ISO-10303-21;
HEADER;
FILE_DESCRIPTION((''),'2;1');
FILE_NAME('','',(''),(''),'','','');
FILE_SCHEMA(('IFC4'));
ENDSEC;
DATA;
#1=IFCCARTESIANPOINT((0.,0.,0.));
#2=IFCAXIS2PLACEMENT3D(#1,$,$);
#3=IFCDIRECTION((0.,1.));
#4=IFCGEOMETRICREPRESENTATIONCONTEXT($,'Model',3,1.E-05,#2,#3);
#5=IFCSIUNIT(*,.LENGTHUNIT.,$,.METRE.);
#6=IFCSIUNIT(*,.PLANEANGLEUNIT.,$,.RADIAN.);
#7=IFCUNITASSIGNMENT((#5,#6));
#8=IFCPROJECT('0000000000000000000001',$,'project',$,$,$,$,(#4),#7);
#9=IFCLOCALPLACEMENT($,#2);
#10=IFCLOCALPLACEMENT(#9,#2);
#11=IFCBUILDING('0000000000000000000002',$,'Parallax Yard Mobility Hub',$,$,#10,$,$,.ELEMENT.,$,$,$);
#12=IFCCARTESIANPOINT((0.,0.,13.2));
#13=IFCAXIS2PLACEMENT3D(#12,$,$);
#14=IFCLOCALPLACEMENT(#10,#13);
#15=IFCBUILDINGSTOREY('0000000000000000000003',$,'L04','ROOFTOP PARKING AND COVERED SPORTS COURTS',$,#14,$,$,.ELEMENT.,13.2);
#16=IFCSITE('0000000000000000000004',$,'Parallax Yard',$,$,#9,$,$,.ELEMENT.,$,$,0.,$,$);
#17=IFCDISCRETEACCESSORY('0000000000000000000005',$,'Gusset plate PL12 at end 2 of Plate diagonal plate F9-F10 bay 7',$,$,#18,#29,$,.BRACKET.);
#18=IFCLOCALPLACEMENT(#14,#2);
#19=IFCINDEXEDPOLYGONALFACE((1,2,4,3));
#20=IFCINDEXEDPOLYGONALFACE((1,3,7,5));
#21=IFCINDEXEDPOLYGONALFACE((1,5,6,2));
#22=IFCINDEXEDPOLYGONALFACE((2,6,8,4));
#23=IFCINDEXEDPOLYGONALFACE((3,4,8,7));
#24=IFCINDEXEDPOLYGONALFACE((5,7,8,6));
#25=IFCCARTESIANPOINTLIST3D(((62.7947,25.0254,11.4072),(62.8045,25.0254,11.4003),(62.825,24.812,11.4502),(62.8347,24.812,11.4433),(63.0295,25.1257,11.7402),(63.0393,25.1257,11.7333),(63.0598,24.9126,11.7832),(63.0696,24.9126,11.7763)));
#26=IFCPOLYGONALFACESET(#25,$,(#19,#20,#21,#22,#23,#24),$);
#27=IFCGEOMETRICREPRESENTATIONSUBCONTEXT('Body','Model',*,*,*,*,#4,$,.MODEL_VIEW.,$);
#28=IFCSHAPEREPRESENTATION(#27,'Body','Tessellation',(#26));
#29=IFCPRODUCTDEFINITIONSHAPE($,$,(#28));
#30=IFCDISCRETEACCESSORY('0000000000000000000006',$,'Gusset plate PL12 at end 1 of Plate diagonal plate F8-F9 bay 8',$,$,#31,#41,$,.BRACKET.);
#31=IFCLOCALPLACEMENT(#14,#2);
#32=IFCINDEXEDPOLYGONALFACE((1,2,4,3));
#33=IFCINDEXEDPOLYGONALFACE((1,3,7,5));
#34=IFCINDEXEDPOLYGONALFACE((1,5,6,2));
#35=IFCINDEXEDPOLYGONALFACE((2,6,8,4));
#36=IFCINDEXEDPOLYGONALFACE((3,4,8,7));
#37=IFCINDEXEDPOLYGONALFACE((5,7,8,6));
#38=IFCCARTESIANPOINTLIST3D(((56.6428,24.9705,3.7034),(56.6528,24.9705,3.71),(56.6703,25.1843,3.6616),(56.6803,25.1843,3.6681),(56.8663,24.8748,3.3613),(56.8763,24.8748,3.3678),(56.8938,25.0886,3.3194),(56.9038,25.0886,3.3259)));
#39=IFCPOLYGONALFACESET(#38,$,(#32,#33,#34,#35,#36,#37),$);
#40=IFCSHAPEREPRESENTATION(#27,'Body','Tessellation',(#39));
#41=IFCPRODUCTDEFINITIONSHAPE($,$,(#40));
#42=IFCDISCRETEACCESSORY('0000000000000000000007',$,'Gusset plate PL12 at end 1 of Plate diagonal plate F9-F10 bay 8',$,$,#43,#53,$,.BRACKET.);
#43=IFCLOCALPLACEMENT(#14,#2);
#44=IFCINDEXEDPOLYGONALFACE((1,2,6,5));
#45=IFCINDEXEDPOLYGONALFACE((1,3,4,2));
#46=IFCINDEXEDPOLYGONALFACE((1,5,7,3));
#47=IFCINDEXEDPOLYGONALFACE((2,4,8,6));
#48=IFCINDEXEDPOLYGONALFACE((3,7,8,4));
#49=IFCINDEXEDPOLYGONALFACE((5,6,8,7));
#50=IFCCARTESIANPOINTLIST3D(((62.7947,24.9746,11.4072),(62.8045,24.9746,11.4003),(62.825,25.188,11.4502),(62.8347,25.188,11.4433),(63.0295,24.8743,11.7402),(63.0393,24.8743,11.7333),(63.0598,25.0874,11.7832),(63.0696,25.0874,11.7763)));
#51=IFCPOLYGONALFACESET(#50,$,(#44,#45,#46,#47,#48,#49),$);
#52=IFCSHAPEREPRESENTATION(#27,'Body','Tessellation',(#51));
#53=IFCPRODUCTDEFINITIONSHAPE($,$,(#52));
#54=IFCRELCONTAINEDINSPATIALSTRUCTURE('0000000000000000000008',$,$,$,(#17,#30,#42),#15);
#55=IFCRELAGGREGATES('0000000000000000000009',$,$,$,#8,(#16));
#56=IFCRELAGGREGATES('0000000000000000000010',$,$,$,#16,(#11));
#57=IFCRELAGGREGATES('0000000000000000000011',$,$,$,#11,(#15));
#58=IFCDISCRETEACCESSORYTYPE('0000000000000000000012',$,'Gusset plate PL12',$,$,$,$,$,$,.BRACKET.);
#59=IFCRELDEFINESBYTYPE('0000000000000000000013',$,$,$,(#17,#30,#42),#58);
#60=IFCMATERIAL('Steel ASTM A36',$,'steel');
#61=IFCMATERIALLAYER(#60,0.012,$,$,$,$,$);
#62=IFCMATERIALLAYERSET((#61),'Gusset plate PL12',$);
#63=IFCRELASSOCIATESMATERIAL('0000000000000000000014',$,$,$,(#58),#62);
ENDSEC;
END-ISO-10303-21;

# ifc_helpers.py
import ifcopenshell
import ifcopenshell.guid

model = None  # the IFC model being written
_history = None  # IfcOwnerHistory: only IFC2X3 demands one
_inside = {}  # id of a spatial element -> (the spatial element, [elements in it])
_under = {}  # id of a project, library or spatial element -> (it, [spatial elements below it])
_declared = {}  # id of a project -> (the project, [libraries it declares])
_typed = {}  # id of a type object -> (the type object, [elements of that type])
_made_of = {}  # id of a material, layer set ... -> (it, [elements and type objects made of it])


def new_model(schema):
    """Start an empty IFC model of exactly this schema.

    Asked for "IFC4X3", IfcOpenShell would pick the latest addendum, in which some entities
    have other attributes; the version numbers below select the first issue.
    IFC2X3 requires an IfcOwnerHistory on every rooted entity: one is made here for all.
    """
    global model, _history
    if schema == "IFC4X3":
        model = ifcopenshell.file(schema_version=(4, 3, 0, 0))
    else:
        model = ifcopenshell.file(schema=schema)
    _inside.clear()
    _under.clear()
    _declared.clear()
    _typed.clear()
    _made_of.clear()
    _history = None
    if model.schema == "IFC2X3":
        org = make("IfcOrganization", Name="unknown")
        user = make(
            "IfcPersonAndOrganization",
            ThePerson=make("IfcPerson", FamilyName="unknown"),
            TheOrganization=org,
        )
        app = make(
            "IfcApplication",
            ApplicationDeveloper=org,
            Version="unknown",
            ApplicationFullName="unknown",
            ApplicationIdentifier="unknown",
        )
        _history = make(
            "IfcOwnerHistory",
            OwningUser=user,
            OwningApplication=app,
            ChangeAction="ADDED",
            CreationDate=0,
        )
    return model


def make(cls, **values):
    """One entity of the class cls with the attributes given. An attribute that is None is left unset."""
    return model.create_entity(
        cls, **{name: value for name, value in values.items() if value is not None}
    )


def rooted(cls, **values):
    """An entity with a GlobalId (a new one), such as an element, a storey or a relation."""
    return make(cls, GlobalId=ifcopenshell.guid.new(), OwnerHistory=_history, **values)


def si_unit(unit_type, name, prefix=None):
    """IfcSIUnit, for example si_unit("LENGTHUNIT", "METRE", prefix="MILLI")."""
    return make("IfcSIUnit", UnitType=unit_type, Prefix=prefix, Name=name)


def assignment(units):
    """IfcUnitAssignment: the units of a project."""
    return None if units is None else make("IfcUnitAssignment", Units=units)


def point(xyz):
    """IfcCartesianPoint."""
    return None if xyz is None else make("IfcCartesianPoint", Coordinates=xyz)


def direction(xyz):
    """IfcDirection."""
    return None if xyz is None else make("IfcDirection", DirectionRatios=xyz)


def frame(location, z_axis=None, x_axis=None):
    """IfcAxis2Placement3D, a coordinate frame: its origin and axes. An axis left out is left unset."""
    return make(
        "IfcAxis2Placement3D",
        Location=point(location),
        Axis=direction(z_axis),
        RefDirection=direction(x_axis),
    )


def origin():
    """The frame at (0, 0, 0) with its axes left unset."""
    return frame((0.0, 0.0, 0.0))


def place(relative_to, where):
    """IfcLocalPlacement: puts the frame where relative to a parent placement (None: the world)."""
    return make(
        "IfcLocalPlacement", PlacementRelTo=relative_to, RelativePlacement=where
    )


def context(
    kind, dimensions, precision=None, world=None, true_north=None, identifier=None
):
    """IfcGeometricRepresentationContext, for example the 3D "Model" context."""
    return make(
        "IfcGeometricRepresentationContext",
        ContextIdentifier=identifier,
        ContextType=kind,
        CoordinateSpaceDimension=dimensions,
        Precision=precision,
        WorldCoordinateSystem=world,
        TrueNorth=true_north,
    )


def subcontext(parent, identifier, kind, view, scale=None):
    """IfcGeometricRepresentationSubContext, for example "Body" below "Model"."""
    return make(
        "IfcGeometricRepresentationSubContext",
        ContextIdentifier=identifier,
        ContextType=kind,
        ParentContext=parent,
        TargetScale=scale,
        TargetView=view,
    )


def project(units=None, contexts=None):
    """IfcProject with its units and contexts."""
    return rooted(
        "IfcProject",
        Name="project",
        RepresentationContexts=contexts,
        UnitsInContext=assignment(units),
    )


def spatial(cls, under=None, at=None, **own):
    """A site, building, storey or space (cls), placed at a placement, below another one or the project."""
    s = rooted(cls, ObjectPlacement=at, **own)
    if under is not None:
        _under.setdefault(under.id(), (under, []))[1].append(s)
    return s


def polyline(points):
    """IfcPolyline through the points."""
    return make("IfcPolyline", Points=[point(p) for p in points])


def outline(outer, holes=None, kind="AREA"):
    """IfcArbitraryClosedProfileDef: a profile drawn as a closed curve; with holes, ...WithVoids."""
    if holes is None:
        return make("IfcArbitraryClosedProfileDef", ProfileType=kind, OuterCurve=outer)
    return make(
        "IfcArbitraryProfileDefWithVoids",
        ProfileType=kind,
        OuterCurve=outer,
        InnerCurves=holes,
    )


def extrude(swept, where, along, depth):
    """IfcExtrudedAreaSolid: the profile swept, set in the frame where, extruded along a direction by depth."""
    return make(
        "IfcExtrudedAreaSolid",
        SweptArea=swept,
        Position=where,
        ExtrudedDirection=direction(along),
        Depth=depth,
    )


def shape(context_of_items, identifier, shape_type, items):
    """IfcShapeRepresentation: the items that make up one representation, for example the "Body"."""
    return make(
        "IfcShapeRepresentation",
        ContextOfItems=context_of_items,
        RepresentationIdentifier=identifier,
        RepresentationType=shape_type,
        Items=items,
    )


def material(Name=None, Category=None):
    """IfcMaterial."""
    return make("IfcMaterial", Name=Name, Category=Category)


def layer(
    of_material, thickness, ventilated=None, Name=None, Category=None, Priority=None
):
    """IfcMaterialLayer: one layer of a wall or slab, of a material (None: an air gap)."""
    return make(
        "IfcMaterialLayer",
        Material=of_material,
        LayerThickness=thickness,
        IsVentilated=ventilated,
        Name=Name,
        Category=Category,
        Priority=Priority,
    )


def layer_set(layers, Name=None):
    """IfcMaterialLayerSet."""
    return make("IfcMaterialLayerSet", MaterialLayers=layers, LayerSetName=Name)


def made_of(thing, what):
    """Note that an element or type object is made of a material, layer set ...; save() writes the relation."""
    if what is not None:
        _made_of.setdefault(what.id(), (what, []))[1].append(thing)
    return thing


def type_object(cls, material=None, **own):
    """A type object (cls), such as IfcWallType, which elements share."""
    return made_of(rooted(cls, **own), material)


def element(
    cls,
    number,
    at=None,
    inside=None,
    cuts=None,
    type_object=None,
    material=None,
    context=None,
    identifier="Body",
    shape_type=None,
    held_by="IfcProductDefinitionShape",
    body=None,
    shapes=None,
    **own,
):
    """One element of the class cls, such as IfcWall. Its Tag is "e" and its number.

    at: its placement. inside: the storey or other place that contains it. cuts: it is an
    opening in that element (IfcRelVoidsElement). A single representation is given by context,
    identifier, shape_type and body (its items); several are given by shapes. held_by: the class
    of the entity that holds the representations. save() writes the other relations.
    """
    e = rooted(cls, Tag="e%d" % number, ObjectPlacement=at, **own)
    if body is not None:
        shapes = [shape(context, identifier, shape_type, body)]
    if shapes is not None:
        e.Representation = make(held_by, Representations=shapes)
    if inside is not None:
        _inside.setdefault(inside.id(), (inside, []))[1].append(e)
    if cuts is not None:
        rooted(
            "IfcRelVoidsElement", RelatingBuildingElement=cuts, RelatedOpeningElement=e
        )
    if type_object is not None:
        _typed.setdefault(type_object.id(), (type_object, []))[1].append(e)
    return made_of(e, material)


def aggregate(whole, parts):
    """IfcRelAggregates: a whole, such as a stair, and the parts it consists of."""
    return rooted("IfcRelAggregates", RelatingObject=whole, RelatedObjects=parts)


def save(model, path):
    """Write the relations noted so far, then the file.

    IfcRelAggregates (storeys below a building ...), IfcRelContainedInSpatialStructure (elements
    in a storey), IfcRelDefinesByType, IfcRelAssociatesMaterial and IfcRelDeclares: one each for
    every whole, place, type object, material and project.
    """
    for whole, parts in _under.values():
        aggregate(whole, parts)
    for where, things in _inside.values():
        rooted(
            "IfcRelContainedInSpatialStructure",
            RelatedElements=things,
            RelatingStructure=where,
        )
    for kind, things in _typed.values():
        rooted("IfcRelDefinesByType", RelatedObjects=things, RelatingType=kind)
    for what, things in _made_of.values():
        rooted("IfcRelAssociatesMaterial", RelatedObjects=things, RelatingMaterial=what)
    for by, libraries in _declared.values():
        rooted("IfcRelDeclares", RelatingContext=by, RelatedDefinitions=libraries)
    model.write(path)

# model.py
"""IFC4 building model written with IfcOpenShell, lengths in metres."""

from ifc_helpers import new_model, si_unit, direction, frame, origin, place, context, subcontext, project, spatial, polyline, outline, extrude, material, layer, layer_set, type_object, element, save


model = new_model("IFC4")

# Units and contexts
model_context = context("Model", 3, precision=1e-05, world=origin(), true_north=direction((0.0, 1.0)))
body_context = subcontext(model_context, "Body", "Model", "MODEL_VIEW")
ifc_project = project(units=[si_unit("LENGTHUNIT", "METRE"), si_unit("PLANEANGLEUNIT", "RADIAN")], contexts=[model_context])

# Site, building, storey
site_placement = place(None, origin())
site = spatial("IfcSite", under=ifc_project, at=site_placement, Name="Parallax Yard", CompositionType="ELEMENT", RefElevation=0.0)
building_placement = place(site_placement, origin())
building = spatial("IfcBuilding", under=site, at=building_placement, Name="Parallax Yard Mobility Hub", CompositionType="ELEMENT")
storey_placement = place(building_placement, frame((0.0, 0.0, 13.2)))
storey = spatial("IfcBuildingStorey", under=building, at=storey_placement, Name="L04", Description="ROOFTOP PARKING AND COVERED SPORTS COURTS", CompositionType="ELEMENT", Elevation=13.2)

# Discrete accessories
ifc_material_1 = material(Name="Steel ASTM A36", Category="steel")
ifc_layer = layer(ifc_material_1, 0.012)
ifc_layer_set = layer_set([ifc_layer], Name="Gusset plate PL12")
discrete_accessory_type = type_object("IfcDiscreteAccessoryType", Name="Gusset plate PL12", PredefinedType="BRACKET", material=ifc_layer_set)
discrete_accessory_1_placement = place(storey_placement, frame((62.825, 24.812, 11.4502), z_axis=(-0.817216, 0.000114, 0.576331), x_axis=(0.559559, 0.239645, 0.793388)))
element("IfcDiscreteAccessory", 1, at=discrete_accessory_1_placement, inside=storey, type_object=discrete_accessory_type, Name="Gusset plate PL12 at end 2 of Plate diagonal plate F9-F10 bay 7", PredefinedType="BRACKET", context=body_context, shape_type="SweptSolid", body=[
    extrude(outline(polyline([(0.0, 0.0), (0.4197, 0.0), (0.4198, 0.2195), (0.0001, 0.2198), (0.0, 0.0)])), origin(), (0.0, 0.0, -1.0), 0.012),
])
discrete_accessory_2_placement = place(storey_placement, frame((56.6528, 24.9705, 3.71), z_axis=(0.837152, -0.000427, 0.546971), x_axis=(0.532481, -0.228018, -0.815152)))
element("IfcDiscreteAccessory", 2, at=discrete_accessory_2_placement, inside=storey, type_object=discrete_accessory_type, Name="Gusset plate PL12 at end 1 of Plate diagonal plate F8-F9 bay 8", PredefinedType="BRACKET", context=body_context, shape_type="SweptSolid", body=[
    extrude(outline(polyline([(0.0, 0.0), (0.4197, 0.0), (0.4197, 0.2197), (0.0, 0.2196), (0.0, 0.0)])), origin(), (0.0, 0.0, -1.0), 0.012),
])
discrete_accessory_3_placement = place(storey_placement, frame((62.7947, 24.9746, 11.4072), z_axis=(-0.817216, -0.000114, 0.576331), x_axis=(0.559637, -0.239097, 0.793498)))
element("IfcDiscreteAccessory", 3, at=discrete_accessory_3_placement, inside=storey, type_object=discrete_accessory_type, Name="Gusset plate PL12 at end 1 of Plate diagonal plate F9-F10 bay 8", PredefinedType="BRACKET", context=body_context, shape_type="SweptSolid", body=[
    extrude(outline(polyline([(0.0, 0.0), (0.4197, 0.0), (0.4197, 0.2195), (0.0, 0.2198), (0.0, 0.0)])), origin(), (0.0, 0.0, -1.0), 0.012),
])

save(model, "model.ifc")
